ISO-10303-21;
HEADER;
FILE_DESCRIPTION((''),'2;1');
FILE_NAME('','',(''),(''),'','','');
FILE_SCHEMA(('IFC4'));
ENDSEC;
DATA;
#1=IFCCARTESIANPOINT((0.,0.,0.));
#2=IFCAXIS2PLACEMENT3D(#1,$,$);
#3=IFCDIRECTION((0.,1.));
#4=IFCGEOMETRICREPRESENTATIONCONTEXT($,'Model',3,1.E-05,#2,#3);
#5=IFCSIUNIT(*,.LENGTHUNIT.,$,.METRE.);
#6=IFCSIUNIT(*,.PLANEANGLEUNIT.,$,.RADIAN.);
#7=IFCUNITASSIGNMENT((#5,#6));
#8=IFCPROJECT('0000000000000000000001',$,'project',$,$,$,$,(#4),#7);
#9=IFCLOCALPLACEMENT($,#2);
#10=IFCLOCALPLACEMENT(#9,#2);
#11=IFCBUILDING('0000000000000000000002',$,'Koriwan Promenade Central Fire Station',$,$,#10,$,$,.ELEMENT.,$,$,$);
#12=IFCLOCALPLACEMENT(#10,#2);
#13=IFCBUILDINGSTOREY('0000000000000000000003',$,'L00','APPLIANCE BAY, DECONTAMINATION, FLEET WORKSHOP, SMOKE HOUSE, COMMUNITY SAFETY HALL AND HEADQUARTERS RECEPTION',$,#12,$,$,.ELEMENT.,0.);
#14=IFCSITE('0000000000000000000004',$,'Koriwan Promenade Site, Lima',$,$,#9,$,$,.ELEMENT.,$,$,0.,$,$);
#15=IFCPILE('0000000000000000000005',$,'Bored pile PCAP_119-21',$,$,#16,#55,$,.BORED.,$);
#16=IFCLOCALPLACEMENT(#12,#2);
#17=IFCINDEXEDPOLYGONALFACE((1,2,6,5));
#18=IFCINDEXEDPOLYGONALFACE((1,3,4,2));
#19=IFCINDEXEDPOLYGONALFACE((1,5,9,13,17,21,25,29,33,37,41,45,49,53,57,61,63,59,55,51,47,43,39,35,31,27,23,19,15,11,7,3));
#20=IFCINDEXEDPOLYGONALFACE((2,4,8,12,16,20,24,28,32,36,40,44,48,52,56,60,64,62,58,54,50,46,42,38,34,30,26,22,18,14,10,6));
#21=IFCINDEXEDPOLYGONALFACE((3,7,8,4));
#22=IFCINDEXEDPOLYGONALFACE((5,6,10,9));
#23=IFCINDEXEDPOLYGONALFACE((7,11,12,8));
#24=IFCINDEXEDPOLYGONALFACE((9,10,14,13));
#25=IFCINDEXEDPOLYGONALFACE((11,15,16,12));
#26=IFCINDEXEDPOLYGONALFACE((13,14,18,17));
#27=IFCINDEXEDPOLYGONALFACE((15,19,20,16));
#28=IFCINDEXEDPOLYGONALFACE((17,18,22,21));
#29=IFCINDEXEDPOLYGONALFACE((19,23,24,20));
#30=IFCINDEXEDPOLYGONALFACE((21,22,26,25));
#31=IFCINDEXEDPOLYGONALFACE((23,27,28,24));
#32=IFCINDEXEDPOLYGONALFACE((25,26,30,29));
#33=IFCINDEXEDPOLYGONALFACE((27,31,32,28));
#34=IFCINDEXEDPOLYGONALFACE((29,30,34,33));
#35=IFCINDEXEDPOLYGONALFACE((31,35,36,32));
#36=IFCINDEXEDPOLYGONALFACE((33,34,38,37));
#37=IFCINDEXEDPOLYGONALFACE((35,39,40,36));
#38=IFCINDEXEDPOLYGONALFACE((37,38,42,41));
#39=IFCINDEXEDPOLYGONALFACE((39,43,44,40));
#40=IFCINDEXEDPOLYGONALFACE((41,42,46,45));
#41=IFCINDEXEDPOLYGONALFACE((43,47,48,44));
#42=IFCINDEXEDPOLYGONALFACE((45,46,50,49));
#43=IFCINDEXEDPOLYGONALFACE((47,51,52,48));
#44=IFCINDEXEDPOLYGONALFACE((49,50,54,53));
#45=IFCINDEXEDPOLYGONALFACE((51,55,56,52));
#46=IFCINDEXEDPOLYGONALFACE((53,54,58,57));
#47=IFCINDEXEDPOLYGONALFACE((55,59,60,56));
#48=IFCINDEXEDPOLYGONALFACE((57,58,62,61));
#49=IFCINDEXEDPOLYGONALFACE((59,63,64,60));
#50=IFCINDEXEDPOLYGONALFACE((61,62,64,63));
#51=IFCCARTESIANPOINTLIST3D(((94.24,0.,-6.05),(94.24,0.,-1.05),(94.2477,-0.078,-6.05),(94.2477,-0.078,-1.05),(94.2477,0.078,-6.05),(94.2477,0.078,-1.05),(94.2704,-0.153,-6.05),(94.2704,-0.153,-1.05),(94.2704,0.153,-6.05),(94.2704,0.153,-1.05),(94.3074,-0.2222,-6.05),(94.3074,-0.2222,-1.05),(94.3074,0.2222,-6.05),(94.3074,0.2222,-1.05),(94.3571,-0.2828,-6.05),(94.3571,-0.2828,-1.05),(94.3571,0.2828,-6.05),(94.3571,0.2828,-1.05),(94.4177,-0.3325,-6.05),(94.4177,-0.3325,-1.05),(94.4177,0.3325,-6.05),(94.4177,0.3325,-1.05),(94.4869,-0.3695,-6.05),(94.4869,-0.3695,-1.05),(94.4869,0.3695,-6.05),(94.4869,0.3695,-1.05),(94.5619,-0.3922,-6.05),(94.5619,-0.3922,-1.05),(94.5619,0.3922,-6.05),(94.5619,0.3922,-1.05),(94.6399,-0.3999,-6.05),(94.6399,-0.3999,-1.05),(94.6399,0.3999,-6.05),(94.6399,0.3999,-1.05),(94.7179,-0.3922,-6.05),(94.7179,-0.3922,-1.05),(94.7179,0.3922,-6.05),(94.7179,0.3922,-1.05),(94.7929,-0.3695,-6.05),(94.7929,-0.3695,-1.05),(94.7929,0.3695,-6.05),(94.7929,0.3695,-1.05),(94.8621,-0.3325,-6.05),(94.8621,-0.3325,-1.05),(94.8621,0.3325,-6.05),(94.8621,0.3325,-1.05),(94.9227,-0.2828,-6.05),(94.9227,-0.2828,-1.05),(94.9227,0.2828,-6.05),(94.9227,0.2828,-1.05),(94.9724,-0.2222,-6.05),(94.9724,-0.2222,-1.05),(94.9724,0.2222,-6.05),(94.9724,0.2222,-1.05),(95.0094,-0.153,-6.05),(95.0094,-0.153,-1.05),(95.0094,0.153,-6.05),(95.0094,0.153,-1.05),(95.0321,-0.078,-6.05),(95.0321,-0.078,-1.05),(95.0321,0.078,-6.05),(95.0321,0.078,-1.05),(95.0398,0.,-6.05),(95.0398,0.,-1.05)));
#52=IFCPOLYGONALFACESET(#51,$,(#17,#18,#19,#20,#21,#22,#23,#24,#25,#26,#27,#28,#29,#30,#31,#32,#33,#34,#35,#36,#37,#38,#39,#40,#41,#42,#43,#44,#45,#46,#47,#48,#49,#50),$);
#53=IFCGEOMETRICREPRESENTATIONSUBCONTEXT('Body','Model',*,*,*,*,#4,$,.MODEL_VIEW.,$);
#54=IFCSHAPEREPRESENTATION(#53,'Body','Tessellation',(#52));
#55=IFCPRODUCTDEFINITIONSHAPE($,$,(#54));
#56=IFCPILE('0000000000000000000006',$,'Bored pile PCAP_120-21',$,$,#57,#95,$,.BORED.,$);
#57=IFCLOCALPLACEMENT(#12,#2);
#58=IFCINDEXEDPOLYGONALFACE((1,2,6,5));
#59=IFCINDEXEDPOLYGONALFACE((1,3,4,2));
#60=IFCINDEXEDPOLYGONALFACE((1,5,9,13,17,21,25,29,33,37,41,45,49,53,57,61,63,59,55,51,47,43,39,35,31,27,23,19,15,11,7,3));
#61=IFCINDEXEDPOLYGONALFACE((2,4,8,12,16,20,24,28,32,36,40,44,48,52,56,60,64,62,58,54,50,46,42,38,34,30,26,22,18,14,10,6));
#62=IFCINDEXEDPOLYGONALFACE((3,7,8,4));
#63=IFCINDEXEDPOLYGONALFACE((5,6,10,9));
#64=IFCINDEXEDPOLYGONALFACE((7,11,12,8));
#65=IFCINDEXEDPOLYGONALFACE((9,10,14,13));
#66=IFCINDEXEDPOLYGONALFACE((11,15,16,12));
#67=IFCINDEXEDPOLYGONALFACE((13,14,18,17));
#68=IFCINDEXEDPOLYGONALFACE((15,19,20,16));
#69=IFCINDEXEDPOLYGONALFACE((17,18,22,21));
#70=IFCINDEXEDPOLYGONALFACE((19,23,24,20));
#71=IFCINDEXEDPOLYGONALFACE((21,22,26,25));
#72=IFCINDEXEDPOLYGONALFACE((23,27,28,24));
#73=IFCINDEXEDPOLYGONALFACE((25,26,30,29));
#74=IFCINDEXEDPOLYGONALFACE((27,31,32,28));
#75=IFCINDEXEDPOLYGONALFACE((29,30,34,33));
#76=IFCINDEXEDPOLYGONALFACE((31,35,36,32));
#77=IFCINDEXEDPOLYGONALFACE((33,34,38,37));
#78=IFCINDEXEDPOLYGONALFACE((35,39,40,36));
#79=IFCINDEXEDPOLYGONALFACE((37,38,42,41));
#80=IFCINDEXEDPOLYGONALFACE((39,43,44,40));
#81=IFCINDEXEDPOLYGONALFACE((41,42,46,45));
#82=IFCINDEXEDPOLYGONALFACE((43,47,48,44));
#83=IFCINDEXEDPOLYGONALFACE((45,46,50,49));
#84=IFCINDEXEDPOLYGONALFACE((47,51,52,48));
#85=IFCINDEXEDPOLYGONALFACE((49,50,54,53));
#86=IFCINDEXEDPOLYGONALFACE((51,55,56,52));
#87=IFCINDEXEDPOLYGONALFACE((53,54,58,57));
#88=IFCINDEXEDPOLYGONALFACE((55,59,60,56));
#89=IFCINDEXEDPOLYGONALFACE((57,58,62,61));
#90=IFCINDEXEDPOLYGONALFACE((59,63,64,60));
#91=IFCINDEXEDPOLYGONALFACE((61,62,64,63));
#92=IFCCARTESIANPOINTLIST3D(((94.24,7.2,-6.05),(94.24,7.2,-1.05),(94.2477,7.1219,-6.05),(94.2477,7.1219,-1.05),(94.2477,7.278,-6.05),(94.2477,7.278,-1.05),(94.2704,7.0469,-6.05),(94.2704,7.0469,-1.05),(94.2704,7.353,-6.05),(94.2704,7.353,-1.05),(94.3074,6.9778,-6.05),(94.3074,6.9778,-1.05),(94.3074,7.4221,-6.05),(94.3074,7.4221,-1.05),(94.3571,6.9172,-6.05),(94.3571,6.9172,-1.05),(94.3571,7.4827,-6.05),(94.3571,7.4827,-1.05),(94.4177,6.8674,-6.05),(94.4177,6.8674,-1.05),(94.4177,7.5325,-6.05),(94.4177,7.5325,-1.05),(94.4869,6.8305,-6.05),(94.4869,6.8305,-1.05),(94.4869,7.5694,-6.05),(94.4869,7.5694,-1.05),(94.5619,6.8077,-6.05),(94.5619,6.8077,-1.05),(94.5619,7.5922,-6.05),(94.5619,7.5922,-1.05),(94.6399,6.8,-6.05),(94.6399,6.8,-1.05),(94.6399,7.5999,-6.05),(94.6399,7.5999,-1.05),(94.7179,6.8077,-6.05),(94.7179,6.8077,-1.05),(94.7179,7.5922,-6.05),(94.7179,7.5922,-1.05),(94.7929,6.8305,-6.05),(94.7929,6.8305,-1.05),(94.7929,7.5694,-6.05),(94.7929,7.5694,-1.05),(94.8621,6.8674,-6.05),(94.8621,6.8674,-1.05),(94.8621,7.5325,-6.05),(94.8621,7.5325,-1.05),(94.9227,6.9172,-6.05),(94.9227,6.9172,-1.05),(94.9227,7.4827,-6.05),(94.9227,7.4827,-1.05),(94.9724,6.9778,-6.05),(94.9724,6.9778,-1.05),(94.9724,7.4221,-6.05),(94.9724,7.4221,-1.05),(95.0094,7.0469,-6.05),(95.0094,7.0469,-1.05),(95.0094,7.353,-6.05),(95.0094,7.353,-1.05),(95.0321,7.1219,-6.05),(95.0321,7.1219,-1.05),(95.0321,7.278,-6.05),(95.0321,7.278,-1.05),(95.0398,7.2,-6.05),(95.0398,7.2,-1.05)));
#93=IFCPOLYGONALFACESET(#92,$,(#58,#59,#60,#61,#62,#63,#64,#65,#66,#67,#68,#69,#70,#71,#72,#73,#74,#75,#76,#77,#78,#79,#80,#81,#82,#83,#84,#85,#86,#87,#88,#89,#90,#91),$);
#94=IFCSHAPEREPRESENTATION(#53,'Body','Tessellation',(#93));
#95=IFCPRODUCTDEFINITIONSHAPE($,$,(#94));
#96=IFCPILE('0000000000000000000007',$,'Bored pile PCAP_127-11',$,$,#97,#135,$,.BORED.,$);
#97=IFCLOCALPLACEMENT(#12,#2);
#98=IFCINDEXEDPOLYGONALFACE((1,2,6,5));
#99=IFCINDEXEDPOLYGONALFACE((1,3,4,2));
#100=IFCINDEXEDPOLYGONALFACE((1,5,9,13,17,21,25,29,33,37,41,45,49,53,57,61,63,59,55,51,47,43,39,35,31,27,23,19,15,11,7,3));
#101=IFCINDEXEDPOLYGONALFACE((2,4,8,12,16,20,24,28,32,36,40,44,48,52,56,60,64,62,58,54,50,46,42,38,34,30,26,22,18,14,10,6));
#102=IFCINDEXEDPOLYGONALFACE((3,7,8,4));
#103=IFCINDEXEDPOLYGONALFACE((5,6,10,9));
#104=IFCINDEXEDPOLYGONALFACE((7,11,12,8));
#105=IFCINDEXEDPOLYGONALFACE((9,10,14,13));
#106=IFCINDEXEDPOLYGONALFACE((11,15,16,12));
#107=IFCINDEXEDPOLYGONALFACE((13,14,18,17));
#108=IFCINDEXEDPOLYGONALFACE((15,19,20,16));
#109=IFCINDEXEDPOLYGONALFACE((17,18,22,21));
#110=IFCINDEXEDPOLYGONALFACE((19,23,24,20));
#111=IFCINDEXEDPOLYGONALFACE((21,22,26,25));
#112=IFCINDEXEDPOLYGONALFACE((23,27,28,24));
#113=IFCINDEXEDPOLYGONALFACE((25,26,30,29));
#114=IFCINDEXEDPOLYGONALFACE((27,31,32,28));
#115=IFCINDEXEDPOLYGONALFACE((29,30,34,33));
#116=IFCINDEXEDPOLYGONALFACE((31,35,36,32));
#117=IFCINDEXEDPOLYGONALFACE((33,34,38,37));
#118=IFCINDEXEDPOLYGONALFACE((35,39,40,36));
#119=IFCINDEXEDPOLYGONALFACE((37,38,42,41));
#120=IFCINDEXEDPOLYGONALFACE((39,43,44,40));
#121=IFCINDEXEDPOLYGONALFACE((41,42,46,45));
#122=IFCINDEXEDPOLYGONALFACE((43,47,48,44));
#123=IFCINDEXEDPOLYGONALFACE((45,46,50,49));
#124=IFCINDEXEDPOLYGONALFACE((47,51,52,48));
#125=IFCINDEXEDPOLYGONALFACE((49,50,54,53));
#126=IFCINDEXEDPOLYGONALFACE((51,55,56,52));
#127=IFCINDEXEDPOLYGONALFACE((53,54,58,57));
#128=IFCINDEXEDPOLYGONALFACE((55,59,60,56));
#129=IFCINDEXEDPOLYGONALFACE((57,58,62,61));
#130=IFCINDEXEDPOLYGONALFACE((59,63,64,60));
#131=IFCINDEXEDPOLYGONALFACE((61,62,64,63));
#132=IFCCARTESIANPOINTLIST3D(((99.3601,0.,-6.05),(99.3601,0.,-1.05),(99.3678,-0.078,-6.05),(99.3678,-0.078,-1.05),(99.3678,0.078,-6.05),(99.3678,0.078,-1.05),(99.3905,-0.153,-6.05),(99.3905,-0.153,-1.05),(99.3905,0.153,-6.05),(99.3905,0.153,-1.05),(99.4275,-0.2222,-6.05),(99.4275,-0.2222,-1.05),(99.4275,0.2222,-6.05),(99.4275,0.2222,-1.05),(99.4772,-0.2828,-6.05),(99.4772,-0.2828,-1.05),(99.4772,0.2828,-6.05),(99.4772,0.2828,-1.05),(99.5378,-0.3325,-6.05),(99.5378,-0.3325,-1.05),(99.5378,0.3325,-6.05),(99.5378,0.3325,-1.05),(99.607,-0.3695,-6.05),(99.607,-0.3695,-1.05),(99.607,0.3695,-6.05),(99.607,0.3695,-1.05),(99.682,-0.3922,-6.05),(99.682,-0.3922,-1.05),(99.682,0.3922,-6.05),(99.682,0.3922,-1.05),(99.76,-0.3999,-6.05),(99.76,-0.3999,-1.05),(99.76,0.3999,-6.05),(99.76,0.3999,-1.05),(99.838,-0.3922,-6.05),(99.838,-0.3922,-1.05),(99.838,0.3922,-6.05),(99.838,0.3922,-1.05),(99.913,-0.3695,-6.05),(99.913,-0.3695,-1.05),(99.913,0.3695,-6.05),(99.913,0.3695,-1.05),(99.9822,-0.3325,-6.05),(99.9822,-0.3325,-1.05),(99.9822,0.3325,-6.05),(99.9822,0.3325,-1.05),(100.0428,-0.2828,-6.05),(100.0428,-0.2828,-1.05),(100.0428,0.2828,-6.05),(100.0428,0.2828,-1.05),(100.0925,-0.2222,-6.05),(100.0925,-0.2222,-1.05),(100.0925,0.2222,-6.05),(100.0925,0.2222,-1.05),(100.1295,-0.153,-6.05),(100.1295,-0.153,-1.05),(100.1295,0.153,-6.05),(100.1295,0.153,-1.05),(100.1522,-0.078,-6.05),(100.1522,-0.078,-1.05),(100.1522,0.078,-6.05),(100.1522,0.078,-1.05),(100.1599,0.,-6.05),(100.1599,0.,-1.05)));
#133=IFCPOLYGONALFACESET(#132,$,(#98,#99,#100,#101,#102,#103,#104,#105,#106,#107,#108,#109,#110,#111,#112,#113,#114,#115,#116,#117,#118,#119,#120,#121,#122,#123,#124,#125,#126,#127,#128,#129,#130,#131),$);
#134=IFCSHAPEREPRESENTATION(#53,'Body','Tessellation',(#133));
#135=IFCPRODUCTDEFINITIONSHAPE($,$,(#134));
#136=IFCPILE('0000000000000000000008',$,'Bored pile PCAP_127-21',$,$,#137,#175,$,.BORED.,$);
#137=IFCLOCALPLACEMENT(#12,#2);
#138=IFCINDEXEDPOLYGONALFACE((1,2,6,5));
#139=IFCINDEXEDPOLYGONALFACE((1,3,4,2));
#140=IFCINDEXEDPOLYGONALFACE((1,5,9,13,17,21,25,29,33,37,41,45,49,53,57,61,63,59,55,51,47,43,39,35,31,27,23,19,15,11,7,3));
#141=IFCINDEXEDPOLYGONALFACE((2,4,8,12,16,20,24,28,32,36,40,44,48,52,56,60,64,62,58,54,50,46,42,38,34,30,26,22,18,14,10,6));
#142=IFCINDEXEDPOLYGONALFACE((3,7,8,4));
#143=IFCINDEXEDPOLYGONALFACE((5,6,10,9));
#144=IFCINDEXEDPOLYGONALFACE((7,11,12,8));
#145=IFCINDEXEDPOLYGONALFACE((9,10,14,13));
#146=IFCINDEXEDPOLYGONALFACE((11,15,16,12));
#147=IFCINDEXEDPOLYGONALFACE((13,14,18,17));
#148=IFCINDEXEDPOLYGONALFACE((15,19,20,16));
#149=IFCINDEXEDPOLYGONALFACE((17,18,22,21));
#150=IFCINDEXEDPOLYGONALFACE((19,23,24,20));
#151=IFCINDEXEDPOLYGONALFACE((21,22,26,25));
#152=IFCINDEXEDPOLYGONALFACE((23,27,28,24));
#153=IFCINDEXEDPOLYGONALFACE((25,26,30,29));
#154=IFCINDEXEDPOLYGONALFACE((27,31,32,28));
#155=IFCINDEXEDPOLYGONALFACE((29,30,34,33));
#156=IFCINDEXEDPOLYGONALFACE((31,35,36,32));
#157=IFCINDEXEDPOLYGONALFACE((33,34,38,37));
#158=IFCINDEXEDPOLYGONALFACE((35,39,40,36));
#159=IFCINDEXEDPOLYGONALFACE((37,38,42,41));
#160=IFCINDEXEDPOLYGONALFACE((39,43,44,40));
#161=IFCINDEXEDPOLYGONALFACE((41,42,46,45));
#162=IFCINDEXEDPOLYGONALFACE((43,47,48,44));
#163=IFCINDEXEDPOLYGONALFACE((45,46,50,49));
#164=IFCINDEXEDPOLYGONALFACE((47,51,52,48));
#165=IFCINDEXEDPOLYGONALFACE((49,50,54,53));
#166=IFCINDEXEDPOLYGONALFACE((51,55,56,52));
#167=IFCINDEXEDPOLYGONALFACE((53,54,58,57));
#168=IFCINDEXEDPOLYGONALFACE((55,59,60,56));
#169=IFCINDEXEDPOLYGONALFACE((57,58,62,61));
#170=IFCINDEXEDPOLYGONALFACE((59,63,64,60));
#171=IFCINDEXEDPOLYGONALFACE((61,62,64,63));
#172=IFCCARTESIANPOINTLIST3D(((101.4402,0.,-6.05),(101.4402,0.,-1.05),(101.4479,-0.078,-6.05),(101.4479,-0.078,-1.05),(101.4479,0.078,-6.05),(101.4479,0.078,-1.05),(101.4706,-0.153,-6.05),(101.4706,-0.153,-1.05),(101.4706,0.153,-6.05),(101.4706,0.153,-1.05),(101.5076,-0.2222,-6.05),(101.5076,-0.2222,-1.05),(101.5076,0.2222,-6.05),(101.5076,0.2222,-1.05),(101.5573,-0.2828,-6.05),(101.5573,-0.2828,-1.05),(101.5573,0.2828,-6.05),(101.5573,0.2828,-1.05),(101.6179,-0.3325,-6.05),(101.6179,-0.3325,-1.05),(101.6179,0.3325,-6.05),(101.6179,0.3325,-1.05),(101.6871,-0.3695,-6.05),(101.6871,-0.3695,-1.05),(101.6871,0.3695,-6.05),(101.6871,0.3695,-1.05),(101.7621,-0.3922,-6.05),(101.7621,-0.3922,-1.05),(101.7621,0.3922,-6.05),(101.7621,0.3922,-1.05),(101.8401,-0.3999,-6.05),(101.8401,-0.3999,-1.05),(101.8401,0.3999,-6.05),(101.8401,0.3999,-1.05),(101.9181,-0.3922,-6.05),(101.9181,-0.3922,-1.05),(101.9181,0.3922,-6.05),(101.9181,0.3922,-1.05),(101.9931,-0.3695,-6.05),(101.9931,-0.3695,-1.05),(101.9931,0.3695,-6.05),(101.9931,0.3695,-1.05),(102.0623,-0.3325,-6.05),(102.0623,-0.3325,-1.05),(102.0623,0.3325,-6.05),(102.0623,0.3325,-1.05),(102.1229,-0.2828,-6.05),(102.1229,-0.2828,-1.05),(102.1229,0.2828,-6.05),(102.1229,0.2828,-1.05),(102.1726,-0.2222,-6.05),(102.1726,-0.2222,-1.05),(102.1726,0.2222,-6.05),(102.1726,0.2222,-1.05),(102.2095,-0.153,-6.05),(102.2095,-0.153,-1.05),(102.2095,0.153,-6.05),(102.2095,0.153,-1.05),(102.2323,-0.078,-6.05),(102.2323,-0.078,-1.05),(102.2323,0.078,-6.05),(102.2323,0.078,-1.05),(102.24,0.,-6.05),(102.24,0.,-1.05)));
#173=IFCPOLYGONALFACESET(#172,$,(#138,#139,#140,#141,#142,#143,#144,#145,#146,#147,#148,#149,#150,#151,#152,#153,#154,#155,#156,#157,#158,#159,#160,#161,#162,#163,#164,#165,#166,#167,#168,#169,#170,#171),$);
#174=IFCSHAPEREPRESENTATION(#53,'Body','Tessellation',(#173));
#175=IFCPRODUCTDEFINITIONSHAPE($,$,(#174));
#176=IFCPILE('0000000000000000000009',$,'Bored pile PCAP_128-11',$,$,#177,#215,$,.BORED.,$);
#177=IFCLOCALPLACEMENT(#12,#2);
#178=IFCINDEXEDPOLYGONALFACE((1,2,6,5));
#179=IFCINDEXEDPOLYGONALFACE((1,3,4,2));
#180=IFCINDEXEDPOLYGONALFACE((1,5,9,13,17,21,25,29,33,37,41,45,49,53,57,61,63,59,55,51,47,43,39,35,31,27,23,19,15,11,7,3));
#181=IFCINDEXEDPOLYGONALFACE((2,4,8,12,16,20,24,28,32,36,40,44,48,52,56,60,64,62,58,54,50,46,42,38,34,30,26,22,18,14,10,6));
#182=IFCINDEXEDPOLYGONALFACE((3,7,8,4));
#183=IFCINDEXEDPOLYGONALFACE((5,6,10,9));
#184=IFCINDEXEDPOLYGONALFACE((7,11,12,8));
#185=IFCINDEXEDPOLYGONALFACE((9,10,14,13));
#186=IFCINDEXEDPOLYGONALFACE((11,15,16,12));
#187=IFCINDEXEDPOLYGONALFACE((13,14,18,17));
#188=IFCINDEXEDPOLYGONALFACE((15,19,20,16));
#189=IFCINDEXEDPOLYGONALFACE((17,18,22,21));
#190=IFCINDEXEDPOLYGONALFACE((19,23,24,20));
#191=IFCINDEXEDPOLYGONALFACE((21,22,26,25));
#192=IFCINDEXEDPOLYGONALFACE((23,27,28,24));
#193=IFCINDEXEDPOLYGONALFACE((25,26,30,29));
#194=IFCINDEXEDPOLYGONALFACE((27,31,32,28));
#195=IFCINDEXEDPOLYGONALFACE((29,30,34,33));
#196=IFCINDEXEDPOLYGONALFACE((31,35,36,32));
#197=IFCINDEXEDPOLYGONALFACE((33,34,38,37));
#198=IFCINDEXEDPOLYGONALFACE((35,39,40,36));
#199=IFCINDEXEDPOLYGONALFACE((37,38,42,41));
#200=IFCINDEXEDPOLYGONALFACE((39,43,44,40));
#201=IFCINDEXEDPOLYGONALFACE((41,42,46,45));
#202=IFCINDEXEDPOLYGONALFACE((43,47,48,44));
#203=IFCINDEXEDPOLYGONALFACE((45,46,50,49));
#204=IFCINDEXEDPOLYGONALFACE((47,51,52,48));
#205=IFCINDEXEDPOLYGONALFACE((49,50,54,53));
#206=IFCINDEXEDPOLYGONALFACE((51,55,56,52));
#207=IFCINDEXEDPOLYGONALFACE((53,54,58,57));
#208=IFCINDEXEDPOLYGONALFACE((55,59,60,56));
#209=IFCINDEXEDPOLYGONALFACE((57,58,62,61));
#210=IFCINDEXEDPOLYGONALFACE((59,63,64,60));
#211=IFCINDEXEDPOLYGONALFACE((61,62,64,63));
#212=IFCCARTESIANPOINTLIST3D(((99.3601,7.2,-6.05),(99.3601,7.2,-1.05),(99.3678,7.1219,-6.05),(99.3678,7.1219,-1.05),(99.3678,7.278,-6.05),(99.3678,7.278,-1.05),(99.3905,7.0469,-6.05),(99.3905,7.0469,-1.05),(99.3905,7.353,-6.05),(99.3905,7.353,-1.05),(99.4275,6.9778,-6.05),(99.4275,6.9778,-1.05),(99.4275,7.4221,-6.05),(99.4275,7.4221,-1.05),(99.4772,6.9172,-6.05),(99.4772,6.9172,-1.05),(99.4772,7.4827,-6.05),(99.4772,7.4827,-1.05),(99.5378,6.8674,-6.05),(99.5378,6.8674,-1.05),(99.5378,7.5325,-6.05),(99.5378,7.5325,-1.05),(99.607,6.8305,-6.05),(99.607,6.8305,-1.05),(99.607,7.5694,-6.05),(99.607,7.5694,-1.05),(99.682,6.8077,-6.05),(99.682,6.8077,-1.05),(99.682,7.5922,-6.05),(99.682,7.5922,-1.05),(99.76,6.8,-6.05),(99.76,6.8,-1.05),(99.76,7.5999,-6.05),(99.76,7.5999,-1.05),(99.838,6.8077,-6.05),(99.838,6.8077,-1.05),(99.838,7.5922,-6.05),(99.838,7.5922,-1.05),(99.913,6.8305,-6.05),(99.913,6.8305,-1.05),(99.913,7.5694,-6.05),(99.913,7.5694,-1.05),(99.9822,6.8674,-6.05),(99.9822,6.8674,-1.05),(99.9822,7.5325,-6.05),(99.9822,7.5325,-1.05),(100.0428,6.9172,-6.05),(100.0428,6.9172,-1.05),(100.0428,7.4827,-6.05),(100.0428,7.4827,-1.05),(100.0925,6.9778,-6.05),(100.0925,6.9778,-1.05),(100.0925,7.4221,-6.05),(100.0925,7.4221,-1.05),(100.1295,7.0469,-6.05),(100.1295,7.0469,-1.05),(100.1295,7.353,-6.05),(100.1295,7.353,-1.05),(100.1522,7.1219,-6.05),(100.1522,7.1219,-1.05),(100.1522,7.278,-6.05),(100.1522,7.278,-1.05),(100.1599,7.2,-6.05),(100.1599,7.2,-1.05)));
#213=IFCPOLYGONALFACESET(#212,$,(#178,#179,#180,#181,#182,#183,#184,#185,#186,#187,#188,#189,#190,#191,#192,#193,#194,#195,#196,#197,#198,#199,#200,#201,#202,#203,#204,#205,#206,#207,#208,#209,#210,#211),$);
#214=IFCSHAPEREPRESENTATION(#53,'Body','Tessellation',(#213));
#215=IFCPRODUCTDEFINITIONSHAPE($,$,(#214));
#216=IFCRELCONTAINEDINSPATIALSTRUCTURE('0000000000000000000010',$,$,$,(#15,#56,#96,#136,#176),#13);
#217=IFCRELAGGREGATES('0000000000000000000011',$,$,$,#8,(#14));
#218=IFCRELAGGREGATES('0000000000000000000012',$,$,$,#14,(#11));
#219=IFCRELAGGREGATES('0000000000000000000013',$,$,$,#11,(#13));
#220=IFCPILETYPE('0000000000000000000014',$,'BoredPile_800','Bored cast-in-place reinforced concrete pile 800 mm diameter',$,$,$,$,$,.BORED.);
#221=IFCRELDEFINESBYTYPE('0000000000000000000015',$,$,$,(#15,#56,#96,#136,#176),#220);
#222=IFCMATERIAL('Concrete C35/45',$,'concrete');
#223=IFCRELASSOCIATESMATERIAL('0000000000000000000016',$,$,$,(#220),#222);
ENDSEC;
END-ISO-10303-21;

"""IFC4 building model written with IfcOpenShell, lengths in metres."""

from ifc_helpers import new_model, si_unit, direction, frame, origin, origin_2d, place, context, subcontext, project, spatial, circle, extrude, material, material_profile, profile_set, type_object, element, save


model = new_model("IFC4")

# Units and contexts
model_context = context("Model", 3, precision=1e-05, world=origin(), true_north=direction((0.0, 1.0)))
body_context = subcontext(model_context, "Body", "Model", "MODEL_VIEW")
ifc_project = project(units=[si_unit("LENGTHUNIT", "METRE"), si_unit("PLANEANGLEUNIT", "RADIAN")], contexts=[model_context])

# Site, building, storey
site_placement = place(None, origin())
site = spatial("IfcSite", under=ifc_project, at=site_placement, Name="Koriwan Promenade Site, Lima", CompositionType="ELEMENT", RefElevation=0.0)
building_placement = place(site_placement, origin())
building = spatial("IfcBuilding", under=site, at=building_placement, Name="Koriwan Promenade Central Fire Station", CompositionType="ELEMENT")
storey_placement = place(building_placement, origin())
storey = spatial("IfcBuildingStorey", under=building, at=storey_placement, Name="L00", Description="APPLIANCE BAY, DECONTAMINATION, FLEET WORKSHOP, SMOKE HOUSE, COMMUNITY SAFETY HALL AND HEADQUARTERS RECEPTION", CompositionType="ELEMENT", Elevation=0.0)

# Piles
ifc_material_1 = material(Name="Concrete C35/45", Category="concrete")
ifc_material_profile_1 = material_profile(ifc_material_1, circle(Radius=0.3999, at=origin_2d()), Name="PILE-D800")
ifc_profile_set_1 = profile_set([ifc_material_profile_1], Name="Concrete C35/45")
pile_type = type_object("IfcPileType", Name="BoredPile_800", Description="Bored cast-in-place reinforced concrete pile 800 mm diameter", PredefinedType="BORED", material=ifc_profile_set_1)
for number, where, z_axis, x_axis, name in (
    (1, (94.6399, 0.0, -1.05), (0.0, 0.0, -1.0), (1.0, 0.0, 0.0), "Bored pile PCAP_119-21"),
    (2, (94.6399, 7.2, -1.05), (0.0, 0.0, -1.0), (1.0, 0.0, 0.0), "Bored pile PCAP_120-21"),
    (3, (99.76, 0.0, -1.05), (0.0, 0.0, -1.0), (1.0, 0.0, 0.0), "Bored pile PCAP_127-11"),
    (4, (101.8401, 0.0, -1.05), (0.0, 0.0, -1.0), (1.0, 0.0, 0.0), "Bored pile PCAP_127-21"),
    (5, (99.76, 7.2, -1.05), (0.0, 0.0, -1.0), (1.0, 0.0, 0.0), "Bored pile PCAP_128-11"),
):
    element("IfcPile", number, at=place(storey_placement, frame(where, z_axis=z_axis, x_axis=x_axis)), inside=storey, type_object=pile_type, Name=name, PredefinedType="BORED", context=body_context, shape_type="SweptSolid", body=[
        extrude(circle(Radius=0.3999, at=origin_2d()), origin(), (0.0, 0.0, 1.0), 5.0),
    ])

save(model, "model.ifc")
